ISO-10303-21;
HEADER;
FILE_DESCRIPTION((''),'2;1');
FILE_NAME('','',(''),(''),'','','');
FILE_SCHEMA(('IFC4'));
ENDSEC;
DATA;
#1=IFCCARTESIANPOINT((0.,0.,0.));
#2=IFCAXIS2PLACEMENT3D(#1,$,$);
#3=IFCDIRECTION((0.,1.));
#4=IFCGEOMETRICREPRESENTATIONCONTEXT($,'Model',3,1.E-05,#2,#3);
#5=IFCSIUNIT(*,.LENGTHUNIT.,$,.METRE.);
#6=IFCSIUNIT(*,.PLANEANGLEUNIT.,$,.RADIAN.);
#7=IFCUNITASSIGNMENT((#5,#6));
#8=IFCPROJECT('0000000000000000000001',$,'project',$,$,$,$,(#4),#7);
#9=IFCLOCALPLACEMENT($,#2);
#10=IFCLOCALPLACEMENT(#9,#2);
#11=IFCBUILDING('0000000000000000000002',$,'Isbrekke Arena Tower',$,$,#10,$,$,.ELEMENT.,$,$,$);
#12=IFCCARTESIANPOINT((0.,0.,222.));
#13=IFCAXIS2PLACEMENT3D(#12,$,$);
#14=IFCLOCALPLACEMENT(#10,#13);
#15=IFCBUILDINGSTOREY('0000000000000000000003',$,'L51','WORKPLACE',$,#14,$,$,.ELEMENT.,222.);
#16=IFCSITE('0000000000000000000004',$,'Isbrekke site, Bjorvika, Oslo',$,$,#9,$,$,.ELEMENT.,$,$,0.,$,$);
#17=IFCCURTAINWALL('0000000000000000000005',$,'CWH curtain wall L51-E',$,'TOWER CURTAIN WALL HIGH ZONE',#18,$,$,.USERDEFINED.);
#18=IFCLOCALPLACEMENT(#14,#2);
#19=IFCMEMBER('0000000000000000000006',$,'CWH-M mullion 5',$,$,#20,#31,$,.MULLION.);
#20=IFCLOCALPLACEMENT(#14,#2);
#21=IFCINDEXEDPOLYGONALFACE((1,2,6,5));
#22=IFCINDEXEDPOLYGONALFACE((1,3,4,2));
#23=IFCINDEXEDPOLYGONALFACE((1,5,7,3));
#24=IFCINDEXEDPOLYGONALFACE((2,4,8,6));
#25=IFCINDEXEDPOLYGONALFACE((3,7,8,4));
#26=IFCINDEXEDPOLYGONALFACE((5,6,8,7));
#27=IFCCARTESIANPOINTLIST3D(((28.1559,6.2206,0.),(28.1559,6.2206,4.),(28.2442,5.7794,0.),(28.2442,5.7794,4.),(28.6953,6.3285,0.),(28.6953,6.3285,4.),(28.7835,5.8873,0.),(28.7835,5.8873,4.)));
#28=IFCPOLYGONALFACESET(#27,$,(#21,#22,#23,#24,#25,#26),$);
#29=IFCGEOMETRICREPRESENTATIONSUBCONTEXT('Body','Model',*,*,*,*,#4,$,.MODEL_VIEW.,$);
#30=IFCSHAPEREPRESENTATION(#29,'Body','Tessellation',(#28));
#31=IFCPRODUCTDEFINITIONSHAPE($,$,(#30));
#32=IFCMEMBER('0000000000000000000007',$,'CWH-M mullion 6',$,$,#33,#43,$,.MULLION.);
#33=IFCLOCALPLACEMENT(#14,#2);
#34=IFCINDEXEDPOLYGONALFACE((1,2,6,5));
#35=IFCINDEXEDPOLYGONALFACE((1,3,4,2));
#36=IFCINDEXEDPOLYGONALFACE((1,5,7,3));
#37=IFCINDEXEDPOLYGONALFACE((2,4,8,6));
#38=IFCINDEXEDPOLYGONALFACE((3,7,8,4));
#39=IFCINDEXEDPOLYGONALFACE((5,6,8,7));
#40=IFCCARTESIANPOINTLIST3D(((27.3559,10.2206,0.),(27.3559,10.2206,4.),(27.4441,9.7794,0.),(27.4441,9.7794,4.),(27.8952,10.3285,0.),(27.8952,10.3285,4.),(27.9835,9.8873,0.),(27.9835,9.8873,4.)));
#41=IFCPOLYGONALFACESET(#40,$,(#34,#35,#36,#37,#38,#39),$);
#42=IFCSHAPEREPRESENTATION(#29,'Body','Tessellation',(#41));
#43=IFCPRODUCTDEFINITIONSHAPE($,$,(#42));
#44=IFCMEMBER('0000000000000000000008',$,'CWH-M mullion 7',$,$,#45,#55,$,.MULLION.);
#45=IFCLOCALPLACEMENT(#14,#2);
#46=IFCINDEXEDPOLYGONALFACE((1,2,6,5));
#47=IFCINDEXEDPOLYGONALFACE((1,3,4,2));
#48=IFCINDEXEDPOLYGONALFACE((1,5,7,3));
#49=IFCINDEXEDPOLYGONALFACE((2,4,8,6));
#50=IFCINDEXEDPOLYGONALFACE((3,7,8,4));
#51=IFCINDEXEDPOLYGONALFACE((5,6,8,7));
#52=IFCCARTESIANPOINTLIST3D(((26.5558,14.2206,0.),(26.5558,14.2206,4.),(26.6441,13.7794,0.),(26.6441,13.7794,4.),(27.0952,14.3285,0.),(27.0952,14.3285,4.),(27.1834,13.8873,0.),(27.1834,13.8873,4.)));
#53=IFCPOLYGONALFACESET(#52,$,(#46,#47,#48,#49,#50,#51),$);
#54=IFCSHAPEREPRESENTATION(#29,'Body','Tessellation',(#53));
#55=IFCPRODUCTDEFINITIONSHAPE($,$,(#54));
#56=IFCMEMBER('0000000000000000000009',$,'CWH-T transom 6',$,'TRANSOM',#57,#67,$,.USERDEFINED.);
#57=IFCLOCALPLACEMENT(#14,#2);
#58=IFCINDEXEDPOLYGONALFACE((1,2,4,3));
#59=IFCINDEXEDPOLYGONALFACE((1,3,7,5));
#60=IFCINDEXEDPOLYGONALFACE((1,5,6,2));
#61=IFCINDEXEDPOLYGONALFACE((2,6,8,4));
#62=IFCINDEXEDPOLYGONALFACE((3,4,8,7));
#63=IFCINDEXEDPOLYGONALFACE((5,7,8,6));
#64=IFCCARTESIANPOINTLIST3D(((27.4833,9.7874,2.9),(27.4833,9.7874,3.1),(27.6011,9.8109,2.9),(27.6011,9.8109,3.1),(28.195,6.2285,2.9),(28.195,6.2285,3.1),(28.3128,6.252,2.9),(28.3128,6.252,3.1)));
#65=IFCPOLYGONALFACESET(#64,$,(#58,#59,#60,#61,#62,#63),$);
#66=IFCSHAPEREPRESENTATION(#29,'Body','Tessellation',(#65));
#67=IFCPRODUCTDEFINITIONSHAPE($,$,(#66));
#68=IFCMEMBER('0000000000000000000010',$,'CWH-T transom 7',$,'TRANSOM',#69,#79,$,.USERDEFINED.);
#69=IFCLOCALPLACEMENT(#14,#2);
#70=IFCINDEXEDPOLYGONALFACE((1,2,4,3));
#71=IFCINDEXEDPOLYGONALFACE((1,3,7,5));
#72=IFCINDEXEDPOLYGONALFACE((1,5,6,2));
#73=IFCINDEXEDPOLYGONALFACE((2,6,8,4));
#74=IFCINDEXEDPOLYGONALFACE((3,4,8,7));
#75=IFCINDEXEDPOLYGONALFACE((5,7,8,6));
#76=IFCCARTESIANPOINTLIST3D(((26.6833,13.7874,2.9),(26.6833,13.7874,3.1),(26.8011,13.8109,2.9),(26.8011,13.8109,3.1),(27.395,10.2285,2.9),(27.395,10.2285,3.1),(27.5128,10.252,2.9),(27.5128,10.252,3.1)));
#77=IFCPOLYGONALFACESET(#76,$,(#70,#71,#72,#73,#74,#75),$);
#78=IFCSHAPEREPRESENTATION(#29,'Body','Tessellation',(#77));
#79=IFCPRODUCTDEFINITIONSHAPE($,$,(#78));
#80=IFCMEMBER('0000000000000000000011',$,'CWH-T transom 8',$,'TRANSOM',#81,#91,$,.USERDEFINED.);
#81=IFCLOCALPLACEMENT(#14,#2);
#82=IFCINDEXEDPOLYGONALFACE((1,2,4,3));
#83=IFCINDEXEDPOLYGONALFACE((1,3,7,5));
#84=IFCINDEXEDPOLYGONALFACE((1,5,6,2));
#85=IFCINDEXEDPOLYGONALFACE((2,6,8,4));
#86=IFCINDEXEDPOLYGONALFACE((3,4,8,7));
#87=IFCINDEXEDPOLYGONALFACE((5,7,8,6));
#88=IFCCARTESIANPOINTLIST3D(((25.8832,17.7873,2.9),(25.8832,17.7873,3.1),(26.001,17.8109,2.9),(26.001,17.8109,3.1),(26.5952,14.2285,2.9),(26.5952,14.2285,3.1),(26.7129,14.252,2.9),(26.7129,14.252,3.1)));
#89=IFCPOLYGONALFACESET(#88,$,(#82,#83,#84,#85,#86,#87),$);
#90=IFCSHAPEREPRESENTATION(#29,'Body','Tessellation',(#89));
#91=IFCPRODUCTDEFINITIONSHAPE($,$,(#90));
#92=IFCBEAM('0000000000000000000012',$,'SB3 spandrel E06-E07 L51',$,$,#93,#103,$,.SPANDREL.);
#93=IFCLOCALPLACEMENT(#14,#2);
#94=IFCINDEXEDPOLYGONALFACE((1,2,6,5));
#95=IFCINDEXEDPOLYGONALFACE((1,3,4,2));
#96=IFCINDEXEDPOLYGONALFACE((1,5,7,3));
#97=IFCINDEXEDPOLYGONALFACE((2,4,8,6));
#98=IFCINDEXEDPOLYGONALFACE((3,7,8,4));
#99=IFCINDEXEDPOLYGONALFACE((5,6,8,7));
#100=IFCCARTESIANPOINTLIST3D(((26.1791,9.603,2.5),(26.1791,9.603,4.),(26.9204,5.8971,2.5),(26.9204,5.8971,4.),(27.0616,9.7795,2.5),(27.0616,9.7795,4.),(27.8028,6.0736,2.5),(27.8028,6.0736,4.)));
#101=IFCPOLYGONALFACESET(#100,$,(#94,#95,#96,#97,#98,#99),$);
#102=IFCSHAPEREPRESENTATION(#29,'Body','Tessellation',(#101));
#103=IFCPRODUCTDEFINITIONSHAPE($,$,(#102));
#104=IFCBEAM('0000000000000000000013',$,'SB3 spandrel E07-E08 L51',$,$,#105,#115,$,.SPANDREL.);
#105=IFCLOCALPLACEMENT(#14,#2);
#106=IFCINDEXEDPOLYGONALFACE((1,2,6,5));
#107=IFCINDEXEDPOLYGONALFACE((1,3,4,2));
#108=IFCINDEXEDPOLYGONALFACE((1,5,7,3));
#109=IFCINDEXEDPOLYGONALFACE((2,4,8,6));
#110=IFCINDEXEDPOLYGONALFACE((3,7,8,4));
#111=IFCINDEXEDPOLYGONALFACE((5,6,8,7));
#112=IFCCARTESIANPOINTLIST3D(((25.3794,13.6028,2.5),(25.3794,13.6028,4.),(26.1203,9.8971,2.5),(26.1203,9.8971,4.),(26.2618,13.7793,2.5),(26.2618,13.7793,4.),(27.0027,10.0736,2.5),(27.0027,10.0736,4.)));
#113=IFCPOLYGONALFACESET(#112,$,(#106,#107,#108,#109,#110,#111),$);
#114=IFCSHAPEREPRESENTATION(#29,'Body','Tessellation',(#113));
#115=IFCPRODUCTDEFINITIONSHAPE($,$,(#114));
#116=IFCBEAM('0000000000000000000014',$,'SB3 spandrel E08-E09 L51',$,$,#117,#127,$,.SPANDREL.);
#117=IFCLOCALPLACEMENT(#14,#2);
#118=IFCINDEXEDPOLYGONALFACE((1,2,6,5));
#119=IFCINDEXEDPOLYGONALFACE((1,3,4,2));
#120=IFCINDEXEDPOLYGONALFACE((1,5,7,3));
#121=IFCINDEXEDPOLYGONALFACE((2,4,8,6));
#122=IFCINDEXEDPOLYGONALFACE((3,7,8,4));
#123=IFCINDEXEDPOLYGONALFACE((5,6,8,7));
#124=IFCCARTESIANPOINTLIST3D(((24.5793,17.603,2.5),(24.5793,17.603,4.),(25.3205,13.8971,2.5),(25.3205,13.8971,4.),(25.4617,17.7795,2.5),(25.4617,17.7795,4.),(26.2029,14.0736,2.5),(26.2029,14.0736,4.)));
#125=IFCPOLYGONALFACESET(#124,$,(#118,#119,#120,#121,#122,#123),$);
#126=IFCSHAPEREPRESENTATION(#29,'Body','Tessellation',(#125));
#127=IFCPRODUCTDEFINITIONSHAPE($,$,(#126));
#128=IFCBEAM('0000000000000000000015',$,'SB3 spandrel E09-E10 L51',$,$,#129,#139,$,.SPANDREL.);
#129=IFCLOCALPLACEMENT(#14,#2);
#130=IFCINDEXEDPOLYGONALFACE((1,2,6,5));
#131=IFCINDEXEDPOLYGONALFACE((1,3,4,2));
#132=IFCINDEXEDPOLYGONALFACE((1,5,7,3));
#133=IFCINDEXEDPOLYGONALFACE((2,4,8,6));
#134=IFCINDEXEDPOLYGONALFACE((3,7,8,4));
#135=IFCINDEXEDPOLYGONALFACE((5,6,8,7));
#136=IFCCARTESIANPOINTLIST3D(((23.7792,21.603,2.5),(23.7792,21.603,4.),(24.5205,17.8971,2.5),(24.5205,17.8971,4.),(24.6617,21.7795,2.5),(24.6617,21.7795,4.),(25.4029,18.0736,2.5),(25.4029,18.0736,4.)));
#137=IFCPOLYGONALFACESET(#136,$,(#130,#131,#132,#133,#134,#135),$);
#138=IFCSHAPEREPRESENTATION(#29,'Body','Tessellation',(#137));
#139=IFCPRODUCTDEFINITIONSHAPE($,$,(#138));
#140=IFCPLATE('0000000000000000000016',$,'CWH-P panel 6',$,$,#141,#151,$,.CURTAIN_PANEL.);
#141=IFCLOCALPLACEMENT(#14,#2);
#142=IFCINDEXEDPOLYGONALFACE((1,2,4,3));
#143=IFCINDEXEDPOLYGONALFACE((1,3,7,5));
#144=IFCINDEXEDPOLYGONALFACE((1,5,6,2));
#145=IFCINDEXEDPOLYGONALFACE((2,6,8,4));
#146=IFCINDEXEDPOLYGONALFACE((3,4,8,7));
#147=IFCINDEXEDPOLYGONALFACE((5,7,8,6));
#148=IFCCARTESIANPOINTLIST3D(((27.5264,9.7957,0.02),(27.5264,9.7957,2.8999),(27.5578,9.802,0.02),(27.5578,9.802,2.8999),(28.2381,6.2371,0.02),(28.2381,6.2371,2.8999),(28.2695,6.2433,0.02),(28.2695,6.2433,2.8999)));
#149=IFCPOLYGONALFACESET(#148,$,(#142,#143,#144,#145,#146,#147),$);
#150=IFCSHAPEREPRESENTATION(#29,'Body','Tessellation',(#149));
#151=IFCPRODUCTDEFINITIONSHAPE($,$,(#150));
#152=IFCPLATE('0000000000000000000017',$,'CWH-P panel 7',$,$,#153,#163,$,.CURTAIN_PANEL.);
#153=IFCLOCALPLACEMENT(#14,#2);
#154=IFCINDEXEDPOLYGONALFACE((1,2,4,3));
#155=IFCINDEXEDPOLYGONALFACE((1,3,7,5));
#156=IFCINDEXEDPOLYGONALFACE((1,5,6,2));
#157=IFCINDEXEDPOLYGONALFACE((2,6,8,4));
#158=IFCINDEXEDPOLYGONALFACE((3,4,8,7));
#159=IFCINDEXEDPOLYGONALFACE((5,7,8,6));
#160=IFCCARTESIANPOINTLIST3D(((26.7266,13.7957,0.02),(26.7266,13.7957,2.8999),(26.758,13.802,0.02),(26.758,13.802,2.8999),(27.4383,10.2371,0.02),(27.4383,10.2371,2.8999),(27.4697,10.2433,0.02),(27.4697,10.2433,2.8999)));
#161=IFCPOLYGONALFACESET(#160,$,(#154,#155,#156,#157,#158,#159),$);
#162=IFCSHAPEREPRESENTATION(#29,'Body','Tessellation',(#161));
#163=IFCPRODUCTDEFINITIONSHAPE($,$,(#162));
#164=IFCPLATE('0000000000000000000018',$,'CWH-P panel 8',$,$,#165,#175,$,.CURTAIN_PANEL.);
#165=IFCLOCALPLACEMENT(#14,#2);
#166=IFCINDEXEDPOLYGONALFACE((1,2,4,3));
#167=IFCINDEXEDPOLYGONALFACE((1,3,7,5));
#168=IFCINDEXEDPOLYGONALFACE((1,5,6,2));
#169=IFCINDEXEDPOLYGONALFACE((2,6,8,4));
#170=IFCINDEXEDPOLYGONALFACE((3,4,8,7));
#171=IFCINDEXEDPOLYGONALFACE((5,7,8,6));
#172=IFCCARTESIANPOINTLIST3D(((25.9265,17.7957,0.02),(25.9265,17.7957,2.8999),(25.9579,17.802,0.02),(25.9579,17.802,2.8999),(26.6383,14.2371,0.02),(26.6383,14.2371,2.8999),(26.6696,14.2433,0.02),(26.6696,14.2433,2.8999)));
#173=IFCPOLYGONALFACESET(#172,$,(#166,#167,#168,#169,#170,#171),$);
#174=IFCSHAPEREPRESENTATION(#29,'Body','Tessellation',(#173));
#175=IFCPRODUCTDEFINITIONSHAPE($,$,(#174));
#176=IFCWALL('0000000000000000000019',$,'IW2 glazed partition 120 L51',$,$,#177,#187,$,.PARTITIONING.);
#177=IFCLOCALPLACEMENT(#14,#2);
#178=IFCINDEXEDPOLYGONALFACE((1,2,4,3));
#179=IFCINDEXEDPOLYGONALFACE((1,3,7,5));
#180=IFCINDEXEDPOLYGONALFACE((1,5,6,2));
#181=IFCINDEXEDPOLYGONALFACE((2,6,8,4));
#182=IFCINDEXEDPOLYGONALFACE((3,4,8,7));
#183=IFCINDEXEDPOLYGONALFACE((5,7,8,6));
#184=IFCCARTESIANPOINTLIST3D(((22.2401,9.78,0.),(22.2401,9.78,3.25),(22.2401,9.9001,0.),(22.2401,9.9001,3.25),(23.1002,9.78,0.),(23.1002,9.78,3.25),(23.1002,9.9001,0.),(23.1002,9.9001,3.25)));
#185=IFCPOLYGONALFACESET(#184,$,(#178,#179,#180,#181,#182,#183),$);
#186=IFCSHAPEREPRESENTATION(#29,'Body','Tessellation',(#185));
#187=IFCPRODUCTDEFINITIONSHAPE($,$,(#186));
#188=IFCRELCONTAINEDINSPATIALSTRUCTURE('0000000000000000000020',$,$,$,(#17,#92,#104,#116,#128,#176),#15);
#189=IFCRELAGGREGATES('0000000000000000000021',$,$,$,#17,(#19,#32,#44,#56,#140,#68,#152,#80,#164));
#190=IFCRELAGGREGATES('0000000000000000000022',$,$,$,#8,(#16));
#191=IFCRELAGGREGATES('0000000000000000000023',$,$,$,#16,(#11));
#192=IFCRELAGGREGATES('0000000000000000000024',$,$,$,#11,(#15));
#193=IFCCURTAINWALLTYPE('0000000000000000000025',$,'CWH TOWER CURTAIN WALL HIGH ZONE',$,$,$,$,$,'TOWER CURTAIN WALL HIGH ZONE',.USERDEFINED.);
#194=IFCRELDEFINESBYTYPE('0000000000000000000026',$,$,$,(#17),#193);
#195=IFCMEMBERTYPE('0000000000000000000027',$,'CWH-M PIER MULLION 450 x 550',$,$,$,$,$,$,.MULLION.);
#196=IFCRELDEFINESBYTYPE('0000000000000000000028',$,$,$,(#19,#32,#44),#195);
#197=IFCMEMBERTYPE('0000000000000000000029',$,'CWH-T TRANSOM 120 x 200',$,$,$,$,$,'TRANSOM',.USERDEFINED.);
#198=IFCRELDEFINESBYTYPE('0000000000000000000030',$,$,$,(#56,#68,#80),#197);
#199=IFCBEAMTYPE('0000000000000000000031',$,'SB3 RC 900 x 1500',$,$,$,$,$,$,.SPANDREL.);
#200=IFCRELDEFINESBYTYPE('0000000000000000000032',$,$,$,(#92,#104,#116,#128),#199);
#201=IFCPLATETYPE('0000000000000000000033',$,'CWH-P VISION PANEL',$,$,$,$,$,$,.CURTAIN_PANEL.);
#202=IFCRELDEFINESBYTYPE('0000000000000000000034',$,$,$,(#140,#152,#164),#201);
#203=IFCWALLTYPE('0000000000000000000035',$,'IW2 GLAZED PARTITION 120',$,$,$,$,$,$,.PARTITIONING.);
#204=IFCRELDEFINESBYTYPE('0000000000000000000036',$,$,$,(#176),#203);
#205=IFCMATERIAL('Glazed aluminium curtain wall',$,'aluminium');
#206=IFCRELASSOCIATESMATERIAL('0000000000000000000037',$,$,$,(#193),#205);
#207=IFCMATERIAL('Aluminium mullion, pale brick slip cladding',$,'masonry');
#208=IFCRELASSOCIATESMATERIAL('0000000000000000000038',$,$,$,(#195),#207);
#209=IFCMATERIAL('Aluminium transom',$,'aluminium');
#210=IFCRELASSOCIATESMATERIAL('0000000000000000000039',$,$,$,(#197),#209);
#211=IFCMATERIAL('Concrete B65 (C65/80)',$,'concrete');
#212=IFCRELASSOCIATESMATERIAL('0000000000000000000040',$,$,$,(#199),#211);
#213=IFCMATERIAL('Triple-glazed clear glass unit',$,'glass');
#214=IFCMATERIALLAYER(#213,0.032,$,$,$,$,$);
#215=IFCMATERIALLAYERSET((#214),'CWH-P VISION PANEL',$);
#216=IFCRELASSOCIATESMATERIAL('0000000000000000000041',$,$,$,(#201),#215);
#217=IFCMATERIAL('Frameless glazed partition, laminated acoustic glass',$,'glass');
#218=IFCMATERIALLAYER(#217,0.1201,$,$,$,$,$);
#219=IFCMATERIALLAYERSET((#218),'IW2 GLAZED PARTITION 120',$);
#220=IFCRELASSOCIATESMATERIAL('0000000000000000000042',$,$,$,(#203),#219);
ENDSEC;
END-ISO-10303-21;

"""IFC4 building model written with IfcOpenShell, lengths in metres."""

from ifc_helpers import new_model, si_unit, direction, frame, frame_2d, origin, origin_2d, place, context, subcontext, project, spatial, rectangle, extrude, material, layer, layer_set, material_profile, profile_set, type_object, element, aggregate, save


model = new_model("IFC4")

# Units and contexts
model_context = context("Model", 3, precision=1e-05, world=origin(), true_north=direction((0.0, 1.0)))
body_context = subcontext(model_context, "Body", "Model", "MODEL_VIEW")
ifc_project = project(units=[si_unit("LENGTHUNIT", "METRE"), si_unit("PLANEANGLEUNIT", "RADIAN")], contexts=[model_context])

# Site, building, storey
site_placement = place(None, origin())
site = spatial("IfcSite", under=ifc_project, at=site_placement, Name="Isbrekke site, Bjorvika, Oslo", CompositionType="ELEMENT", RefElevation=0.0)
building_placement = place(site_placement, origin())
building = spatial("IfcBuilding", under=site, at=building_placement, Name="Isbrekke Arena Tower", CompositionType="ELEMENT")
storey_placement = place(building_placement, frame((0.0, 0.0, 222.0)))
storey = spatial("IfcBuildingStorey", under=building, at=storey_placement, Name="L51", Description="WORKPLACE", CompositionType="ELEMENT", Elevation=222.0)

# Curtain wall, members
ifc_material_1 = material(Name="Glazed aluminium curtain wall", Category="aluminium")
curtain_wall_type = type_object("IfcCurtainWallType", Name="CWH TOWER CURTAIN WALL HIGH ZONE", ElementType="TOWER CURTAIN WALL HIGH ZONE", PredefinedType="USERDEFINED", material=ifc_material_1)
curtain_wall_placement = place(storey_placement, origin())
curtain_wall = element("IfcCurtainWall", 1, at=curtain_wall_placement, inside=storey, type_object=curtain_wall_type, Name="CWH curtain wall L51-E", ObjectType="TOWER CURTAIN WALL HIGH ZONE", PredefinedType="USERDEFINED")
ifc_material_2 = material(Name="Aluminium mullion, pale brick slip cladding", Category="masonry")
ifc_material_profile_1 = material_profile(ifc_material_2, rectangle(XDim=0.45, YDim=0.55, at=origin_2d()), Name="PIER 450X550")
ifc_profile_set_1 = profile_set([ifc_material_profile_1], Name="Aluminium mullion, pale brick slip cladding")
member_type_1 = type_object("IfcMemberType", Name="CWH-M PIER MULLION 450 x 550", PredefinedType="MULLION", material=ifc_profile_set_1)
member_1_placement = place(storey_placement, frame((28.4697, 6.054, 0.0), z_axis=(0.0, 0.0, 1.0), x_axis=(-0.196116, 0.980581, 0.0)))
member_1 = element("IfcMember", 2, at=member_1_placement, type_object=member_type_1, Name="CWH-M mullion 5", PredefinedType="MULLION", context=body_context, shape_type="SweptSolid", body=[
    extrude(rectangle(XDim=0.45, YDim=0.55, at=origin_2d()), origin(), (0.0, 0.0, 1.0), 4.0),
])
member_2_placement = place(storey_placement, frame((27.6697, 10.054, 0.0), z_axis=(0.0, 0.0, 1.0), x_axis=(-0.196116, 0.980581, 0.0)))
member_2 = element("IfcMember", 3, at=member_2_placement, type_object=member_type_1, Name="CWH-M mullion 6", PredefinedType="MULLION", context=body_context, shape_type="SweptSolid", body=[
    extrude(rectangle(XDim=0.45, YDim=0.55, at=origin_2d()), origin(), (0.0, 0.0, 1.0), 4.0),
])
member_3_placement = place(storey_placement, frame((26.8696, 14.054, 0.0), z_axis=(0.0, 0.0, 1.0), x_axis=(-0.196116, 0.980581, 0.0)))
member_3 = element("IfcMember", 4, at=member_3_placement, type_object=member_type_1, Name="CWH-M mullion 7", PredefinedType="MULLION", context=body_context, shape_type="SweptSolid", body=[
    extrude(rectangle(XDim=0.45, YDim=0.55, at=origin_2d()), origin(), (0.0, 0.0, 1.0), 4.0),
])
ifc_material_3 = material(Name="Aluminium transom", Category="aluminium")
ifc_material_profile_2 = material_profile(ifc_material_3, rectangle(XDim=0.1201, YDim=0.2, at=origin_2d()), Name="TRANSOM 120X200")
ifc_profile_set_2 = profile_set([ifc_material_profile_2], Name="Aluminium transom")
member_type_2 = type_object("IfcMemberType", Name="CWH-T TRANSOM 120 x 200", ElementType="TRANSOM", PredefinedType="USERDEFINED", material=ifc_profile_set_2)
member_4_placement = place(storey_placement, frame((28.2539, 6.2402, 3.0), z_axis=(-0.19609, 0.980586, 0.0), x_axis=(-0.980586, -0.19609, 0.0)))
member_4 = element("IfcMember", 5, at=member_4_placement, type_object=member_type_2, Name="CWH-T transom 6", ObjectType="TRANSOM", PredefinedType="USERDEFINED", context=body_context, shape_type="SweptSolid", body=[
    extrude(rectangle(XDim=0.1201, YDim=0.2, at=origin_2d()), origin(), (0.0, 0.0, 1.0), 3.6294),
])
member_5_placement = place(storey_placement, frame((27.4539, 10.2402, 3.0), z_axis=(-0.19609, 0.980586, 0.0), x_axis=(-0.980586, -0.19609, 0.0)))
member_5 = element("IfcMember", 6, at=member_5_placement, type_object=member_type_2, Name="CWH-T transom 7", ObjectType="TRANSOM", PredefinedType="USERDEFINED", context=body_context, shape_type="SweptSolid", body=[
    extrude(rectangle(XDim=0.1201, YDim=0.2, at=origin_2d()), origin(), (0.0, 0.0, 1.0), 3.6294),
])
member_6_placement = place(storey_placement, frame((26.6541, 14.2402, 3.0), z_axis=(-0.196155, 0.980573, 0.0), x_axis=(-0.980573, -0.196155, 0.0)))
member_6 = element("IfcMember", 7, at=member_6_placement, type_object=member_type_2, Name="CWH-T transom 8", ObjectType="TRANSOM", PredefinedType="USERDEFINED", context=body_context, shape_type="SweptSolid", body=[
    extrude(rectangle(XDim=0.1201, YDim=0.2, at=origin_2d()), origin(), (0.0, 0.0, 1.0), 3.6294),
])

# Beams
ifc_material_4 = material(Name="Concrete B65 (C65/80)", Category="concrete")
ifc_material_profile_3 = material_profile(ifc_material_4, rectangle(XDim=0.8999, YDim=1.5, at=origin_2d()), Name="RC 900x1500")
ifc_profile_set_3 = profile_set([ifc_material_profile_3], Name="Concrete B65 (C65/80)")
beam_type_1 = type_object("IfcBeamType", Name="SB3 RC 900 x 1500", PredefinedType="SPANDREL", material=ifc_profile_set_3)
beam_1_placement = place(storey_placement, frame((27.3616, 5.9854, 3.25), z_axis=(-0.196129, 0.980578, 0.0), x_axis=(-0.980578, -0.196129, 0.0)))
element("IfcBeam", 8, at=beam_1_placement, inside=storey, type_object=beam_type_1, Name="SB3 spandrel E06-E07 L51", PredefinedType="SPANDREL", context=body_context, shape_type="SweptSolid", body=[
    extrude(rectangle(XDim=0.8999, YDim=1.5, at=origin_2d()), origin(), (0.0, 0.0, 1.0), 3.7793),
])
beam_2_placement = place(storey_placement, frame((26.5615, 9.9854, 3.25), z_axis=(-0.196066, 0.980591, 0.0), x_axis=(-0.980591, -0.196066, 0.0)))
element("IfcBeam", 9, at=beam_2_placement, inside=storey, type_object=beam_type_1, Name="SB3 spandrel E07-E08 L51", PredefinedType="SPANDREL", context=body_context, shape_type="SweptSolid", body=[
    extrude(rectangle(XDim=0.8999, YDim=1.5, at=origin_2d()), origin(), (0.0, 0.0, 1.0), 3.7791),
])
for number, where, z_axis, x_axis, name in (
    (10, (25.7617, 13.9854, 3.25), (-0.196129, 0.980578, 0.0), (-0.980578, -0.196129, 0.0), "SB3 spandrel E08-E09 L51"),
    (11, (24.9617, 17.9854, 3.25), (-0.196129, 0.980578, 0.0), (-0.980578, -0.196129, 0.0), "SB3 spandrel E09-E10 L51"),
):
    element("IfcBeam", number, at=place(storey_placement, frame(where, z_axis=z_axis, x_axis=x_axis)), inside=storey, type_object=beam_type_1, Name=name, PredefinedType="SPANDREL", context=body_context, shape_type="SweptSolid", body=[
        extrude(rectangle(XDim=0.8999, YDim=1.5, at=origin_2d()), origin(), (0.0, 0.0, 1.0), 3.7793),
    ])

# Plates
ifc_material_5 = material(Name="Triple-glazed clear glass unit", Category="glass")
ifc_layer_1 = layer(ifc_material_5, 0.032)
ifc_layer_set_1 = layer_set([ifc_layer_1], Name="CWH-P VISION PANEL")
plate_type = type_object("IfcPlateType", Name="CWH-P VISION PANEL", PredefinedType="CURTAIN_PANEL", material=ifc_layer_set_1)
plate_1_placement = place(storey_placement, frame((27.8979, 8.0195, 0.02), z_axis=(0.0, 0.0, 1.0), x_axis=(-0.196116, 0.980581, 0.0)))
plate_1 = element("IfcPlate", 12, at=plate_1_placement, type_object=plate_type, Name="CWH-P panel 6", PredefinedType="CURTAIN_PANEL", context=body_context, shape_type="SweptSolid", body=[
    extrude(rectangle(XDim=3.6292, YDim=0.032, at=origin_2d()), origin(), (0.0, 0.0, 1.0), 2.8799),
])
plate_2_placement = place(storey_placement, frame((27.0981, 12.0195, 0.02), z_axis=(0.0, 0.0, 1.0), x_axis=(-0.196116, 0.980581, 0.0)))
plate_2 = element("IfcPlate", 13, at=plate_2_placement, type_object=plate_type, Name="CWH-P panel 7", PredefinedType="CURTAIN_PANEL", context=body_context, shape_type="SweptSolid", body=[
    extrude(rectangle(XDim=3.6292, YDim=0.032, at=origin_2d()), origin(), (0.0, 0.0, 1.0), 2.8799),
])
plate_3_placement = place(storey_placement, frame((26.2981, 16.0195, 0.02), z_axis=(0.0, 0.0, 1.0), x_axis=(-0.196116, 0.980581, 0.0)))
plate_3 = element("IfcPlate", 14, at=plate_3_placement, type_object=plate_type, Name="CWH-P panel 8", PredefinedType="CURTAIN_PANEL", context=body_context, shape_type="SweptSolid", body=[
    extrude(rectangle(XDim=3.6292, YDim=0.032, at=origin_2d()), origin(), (0.0, 0.0, 1.0), 2.8799),
])
aggregate(curtain_wall, [member_1, member_2, member_3, member_4, plate_1, member_5, plate_2, member_6, plate_3])

# Wall
ifc_material_6 = material(Name="Frameless glazed partition, laminated acoustic glass", Category="glass")
ifc_layer_2 = layer(ifc_material_6, 0.1201)
ifc_layer_set_2 = layer_set([ifc_layer_2], Name="IW2 GLAZED PARTITION 120")
wall_type_1 = type_object("IfcWallType", Name="IW2 GLAZED PARTITION 120", PredefinedType="PARTITIONING", material=ifc_layer_set_2)
wall_1_placement = place(storey_placement, frame((22.24, 9.8401, 0.0), z_axis=(0.0, 0.0, 1.0), x_axis=(1.0, 0.0, 0.0)))
element("IfcWall", 15, at=wall_1_placement, inside=storey, type_object=wall_type_1, Name="IW2 glazed partition 120 L51", PredefinedType="PARTITIONING", context=body_context, shape_type="SweptSolid", body=[
    extrude(rectangle(XDim=0.8601, YDim=0.1201, at=frame_2d((0.4302, 0.0))), origin(), (0.0, 0.0, 1.0), 3.25),
])

save(model, "model.ifc")
